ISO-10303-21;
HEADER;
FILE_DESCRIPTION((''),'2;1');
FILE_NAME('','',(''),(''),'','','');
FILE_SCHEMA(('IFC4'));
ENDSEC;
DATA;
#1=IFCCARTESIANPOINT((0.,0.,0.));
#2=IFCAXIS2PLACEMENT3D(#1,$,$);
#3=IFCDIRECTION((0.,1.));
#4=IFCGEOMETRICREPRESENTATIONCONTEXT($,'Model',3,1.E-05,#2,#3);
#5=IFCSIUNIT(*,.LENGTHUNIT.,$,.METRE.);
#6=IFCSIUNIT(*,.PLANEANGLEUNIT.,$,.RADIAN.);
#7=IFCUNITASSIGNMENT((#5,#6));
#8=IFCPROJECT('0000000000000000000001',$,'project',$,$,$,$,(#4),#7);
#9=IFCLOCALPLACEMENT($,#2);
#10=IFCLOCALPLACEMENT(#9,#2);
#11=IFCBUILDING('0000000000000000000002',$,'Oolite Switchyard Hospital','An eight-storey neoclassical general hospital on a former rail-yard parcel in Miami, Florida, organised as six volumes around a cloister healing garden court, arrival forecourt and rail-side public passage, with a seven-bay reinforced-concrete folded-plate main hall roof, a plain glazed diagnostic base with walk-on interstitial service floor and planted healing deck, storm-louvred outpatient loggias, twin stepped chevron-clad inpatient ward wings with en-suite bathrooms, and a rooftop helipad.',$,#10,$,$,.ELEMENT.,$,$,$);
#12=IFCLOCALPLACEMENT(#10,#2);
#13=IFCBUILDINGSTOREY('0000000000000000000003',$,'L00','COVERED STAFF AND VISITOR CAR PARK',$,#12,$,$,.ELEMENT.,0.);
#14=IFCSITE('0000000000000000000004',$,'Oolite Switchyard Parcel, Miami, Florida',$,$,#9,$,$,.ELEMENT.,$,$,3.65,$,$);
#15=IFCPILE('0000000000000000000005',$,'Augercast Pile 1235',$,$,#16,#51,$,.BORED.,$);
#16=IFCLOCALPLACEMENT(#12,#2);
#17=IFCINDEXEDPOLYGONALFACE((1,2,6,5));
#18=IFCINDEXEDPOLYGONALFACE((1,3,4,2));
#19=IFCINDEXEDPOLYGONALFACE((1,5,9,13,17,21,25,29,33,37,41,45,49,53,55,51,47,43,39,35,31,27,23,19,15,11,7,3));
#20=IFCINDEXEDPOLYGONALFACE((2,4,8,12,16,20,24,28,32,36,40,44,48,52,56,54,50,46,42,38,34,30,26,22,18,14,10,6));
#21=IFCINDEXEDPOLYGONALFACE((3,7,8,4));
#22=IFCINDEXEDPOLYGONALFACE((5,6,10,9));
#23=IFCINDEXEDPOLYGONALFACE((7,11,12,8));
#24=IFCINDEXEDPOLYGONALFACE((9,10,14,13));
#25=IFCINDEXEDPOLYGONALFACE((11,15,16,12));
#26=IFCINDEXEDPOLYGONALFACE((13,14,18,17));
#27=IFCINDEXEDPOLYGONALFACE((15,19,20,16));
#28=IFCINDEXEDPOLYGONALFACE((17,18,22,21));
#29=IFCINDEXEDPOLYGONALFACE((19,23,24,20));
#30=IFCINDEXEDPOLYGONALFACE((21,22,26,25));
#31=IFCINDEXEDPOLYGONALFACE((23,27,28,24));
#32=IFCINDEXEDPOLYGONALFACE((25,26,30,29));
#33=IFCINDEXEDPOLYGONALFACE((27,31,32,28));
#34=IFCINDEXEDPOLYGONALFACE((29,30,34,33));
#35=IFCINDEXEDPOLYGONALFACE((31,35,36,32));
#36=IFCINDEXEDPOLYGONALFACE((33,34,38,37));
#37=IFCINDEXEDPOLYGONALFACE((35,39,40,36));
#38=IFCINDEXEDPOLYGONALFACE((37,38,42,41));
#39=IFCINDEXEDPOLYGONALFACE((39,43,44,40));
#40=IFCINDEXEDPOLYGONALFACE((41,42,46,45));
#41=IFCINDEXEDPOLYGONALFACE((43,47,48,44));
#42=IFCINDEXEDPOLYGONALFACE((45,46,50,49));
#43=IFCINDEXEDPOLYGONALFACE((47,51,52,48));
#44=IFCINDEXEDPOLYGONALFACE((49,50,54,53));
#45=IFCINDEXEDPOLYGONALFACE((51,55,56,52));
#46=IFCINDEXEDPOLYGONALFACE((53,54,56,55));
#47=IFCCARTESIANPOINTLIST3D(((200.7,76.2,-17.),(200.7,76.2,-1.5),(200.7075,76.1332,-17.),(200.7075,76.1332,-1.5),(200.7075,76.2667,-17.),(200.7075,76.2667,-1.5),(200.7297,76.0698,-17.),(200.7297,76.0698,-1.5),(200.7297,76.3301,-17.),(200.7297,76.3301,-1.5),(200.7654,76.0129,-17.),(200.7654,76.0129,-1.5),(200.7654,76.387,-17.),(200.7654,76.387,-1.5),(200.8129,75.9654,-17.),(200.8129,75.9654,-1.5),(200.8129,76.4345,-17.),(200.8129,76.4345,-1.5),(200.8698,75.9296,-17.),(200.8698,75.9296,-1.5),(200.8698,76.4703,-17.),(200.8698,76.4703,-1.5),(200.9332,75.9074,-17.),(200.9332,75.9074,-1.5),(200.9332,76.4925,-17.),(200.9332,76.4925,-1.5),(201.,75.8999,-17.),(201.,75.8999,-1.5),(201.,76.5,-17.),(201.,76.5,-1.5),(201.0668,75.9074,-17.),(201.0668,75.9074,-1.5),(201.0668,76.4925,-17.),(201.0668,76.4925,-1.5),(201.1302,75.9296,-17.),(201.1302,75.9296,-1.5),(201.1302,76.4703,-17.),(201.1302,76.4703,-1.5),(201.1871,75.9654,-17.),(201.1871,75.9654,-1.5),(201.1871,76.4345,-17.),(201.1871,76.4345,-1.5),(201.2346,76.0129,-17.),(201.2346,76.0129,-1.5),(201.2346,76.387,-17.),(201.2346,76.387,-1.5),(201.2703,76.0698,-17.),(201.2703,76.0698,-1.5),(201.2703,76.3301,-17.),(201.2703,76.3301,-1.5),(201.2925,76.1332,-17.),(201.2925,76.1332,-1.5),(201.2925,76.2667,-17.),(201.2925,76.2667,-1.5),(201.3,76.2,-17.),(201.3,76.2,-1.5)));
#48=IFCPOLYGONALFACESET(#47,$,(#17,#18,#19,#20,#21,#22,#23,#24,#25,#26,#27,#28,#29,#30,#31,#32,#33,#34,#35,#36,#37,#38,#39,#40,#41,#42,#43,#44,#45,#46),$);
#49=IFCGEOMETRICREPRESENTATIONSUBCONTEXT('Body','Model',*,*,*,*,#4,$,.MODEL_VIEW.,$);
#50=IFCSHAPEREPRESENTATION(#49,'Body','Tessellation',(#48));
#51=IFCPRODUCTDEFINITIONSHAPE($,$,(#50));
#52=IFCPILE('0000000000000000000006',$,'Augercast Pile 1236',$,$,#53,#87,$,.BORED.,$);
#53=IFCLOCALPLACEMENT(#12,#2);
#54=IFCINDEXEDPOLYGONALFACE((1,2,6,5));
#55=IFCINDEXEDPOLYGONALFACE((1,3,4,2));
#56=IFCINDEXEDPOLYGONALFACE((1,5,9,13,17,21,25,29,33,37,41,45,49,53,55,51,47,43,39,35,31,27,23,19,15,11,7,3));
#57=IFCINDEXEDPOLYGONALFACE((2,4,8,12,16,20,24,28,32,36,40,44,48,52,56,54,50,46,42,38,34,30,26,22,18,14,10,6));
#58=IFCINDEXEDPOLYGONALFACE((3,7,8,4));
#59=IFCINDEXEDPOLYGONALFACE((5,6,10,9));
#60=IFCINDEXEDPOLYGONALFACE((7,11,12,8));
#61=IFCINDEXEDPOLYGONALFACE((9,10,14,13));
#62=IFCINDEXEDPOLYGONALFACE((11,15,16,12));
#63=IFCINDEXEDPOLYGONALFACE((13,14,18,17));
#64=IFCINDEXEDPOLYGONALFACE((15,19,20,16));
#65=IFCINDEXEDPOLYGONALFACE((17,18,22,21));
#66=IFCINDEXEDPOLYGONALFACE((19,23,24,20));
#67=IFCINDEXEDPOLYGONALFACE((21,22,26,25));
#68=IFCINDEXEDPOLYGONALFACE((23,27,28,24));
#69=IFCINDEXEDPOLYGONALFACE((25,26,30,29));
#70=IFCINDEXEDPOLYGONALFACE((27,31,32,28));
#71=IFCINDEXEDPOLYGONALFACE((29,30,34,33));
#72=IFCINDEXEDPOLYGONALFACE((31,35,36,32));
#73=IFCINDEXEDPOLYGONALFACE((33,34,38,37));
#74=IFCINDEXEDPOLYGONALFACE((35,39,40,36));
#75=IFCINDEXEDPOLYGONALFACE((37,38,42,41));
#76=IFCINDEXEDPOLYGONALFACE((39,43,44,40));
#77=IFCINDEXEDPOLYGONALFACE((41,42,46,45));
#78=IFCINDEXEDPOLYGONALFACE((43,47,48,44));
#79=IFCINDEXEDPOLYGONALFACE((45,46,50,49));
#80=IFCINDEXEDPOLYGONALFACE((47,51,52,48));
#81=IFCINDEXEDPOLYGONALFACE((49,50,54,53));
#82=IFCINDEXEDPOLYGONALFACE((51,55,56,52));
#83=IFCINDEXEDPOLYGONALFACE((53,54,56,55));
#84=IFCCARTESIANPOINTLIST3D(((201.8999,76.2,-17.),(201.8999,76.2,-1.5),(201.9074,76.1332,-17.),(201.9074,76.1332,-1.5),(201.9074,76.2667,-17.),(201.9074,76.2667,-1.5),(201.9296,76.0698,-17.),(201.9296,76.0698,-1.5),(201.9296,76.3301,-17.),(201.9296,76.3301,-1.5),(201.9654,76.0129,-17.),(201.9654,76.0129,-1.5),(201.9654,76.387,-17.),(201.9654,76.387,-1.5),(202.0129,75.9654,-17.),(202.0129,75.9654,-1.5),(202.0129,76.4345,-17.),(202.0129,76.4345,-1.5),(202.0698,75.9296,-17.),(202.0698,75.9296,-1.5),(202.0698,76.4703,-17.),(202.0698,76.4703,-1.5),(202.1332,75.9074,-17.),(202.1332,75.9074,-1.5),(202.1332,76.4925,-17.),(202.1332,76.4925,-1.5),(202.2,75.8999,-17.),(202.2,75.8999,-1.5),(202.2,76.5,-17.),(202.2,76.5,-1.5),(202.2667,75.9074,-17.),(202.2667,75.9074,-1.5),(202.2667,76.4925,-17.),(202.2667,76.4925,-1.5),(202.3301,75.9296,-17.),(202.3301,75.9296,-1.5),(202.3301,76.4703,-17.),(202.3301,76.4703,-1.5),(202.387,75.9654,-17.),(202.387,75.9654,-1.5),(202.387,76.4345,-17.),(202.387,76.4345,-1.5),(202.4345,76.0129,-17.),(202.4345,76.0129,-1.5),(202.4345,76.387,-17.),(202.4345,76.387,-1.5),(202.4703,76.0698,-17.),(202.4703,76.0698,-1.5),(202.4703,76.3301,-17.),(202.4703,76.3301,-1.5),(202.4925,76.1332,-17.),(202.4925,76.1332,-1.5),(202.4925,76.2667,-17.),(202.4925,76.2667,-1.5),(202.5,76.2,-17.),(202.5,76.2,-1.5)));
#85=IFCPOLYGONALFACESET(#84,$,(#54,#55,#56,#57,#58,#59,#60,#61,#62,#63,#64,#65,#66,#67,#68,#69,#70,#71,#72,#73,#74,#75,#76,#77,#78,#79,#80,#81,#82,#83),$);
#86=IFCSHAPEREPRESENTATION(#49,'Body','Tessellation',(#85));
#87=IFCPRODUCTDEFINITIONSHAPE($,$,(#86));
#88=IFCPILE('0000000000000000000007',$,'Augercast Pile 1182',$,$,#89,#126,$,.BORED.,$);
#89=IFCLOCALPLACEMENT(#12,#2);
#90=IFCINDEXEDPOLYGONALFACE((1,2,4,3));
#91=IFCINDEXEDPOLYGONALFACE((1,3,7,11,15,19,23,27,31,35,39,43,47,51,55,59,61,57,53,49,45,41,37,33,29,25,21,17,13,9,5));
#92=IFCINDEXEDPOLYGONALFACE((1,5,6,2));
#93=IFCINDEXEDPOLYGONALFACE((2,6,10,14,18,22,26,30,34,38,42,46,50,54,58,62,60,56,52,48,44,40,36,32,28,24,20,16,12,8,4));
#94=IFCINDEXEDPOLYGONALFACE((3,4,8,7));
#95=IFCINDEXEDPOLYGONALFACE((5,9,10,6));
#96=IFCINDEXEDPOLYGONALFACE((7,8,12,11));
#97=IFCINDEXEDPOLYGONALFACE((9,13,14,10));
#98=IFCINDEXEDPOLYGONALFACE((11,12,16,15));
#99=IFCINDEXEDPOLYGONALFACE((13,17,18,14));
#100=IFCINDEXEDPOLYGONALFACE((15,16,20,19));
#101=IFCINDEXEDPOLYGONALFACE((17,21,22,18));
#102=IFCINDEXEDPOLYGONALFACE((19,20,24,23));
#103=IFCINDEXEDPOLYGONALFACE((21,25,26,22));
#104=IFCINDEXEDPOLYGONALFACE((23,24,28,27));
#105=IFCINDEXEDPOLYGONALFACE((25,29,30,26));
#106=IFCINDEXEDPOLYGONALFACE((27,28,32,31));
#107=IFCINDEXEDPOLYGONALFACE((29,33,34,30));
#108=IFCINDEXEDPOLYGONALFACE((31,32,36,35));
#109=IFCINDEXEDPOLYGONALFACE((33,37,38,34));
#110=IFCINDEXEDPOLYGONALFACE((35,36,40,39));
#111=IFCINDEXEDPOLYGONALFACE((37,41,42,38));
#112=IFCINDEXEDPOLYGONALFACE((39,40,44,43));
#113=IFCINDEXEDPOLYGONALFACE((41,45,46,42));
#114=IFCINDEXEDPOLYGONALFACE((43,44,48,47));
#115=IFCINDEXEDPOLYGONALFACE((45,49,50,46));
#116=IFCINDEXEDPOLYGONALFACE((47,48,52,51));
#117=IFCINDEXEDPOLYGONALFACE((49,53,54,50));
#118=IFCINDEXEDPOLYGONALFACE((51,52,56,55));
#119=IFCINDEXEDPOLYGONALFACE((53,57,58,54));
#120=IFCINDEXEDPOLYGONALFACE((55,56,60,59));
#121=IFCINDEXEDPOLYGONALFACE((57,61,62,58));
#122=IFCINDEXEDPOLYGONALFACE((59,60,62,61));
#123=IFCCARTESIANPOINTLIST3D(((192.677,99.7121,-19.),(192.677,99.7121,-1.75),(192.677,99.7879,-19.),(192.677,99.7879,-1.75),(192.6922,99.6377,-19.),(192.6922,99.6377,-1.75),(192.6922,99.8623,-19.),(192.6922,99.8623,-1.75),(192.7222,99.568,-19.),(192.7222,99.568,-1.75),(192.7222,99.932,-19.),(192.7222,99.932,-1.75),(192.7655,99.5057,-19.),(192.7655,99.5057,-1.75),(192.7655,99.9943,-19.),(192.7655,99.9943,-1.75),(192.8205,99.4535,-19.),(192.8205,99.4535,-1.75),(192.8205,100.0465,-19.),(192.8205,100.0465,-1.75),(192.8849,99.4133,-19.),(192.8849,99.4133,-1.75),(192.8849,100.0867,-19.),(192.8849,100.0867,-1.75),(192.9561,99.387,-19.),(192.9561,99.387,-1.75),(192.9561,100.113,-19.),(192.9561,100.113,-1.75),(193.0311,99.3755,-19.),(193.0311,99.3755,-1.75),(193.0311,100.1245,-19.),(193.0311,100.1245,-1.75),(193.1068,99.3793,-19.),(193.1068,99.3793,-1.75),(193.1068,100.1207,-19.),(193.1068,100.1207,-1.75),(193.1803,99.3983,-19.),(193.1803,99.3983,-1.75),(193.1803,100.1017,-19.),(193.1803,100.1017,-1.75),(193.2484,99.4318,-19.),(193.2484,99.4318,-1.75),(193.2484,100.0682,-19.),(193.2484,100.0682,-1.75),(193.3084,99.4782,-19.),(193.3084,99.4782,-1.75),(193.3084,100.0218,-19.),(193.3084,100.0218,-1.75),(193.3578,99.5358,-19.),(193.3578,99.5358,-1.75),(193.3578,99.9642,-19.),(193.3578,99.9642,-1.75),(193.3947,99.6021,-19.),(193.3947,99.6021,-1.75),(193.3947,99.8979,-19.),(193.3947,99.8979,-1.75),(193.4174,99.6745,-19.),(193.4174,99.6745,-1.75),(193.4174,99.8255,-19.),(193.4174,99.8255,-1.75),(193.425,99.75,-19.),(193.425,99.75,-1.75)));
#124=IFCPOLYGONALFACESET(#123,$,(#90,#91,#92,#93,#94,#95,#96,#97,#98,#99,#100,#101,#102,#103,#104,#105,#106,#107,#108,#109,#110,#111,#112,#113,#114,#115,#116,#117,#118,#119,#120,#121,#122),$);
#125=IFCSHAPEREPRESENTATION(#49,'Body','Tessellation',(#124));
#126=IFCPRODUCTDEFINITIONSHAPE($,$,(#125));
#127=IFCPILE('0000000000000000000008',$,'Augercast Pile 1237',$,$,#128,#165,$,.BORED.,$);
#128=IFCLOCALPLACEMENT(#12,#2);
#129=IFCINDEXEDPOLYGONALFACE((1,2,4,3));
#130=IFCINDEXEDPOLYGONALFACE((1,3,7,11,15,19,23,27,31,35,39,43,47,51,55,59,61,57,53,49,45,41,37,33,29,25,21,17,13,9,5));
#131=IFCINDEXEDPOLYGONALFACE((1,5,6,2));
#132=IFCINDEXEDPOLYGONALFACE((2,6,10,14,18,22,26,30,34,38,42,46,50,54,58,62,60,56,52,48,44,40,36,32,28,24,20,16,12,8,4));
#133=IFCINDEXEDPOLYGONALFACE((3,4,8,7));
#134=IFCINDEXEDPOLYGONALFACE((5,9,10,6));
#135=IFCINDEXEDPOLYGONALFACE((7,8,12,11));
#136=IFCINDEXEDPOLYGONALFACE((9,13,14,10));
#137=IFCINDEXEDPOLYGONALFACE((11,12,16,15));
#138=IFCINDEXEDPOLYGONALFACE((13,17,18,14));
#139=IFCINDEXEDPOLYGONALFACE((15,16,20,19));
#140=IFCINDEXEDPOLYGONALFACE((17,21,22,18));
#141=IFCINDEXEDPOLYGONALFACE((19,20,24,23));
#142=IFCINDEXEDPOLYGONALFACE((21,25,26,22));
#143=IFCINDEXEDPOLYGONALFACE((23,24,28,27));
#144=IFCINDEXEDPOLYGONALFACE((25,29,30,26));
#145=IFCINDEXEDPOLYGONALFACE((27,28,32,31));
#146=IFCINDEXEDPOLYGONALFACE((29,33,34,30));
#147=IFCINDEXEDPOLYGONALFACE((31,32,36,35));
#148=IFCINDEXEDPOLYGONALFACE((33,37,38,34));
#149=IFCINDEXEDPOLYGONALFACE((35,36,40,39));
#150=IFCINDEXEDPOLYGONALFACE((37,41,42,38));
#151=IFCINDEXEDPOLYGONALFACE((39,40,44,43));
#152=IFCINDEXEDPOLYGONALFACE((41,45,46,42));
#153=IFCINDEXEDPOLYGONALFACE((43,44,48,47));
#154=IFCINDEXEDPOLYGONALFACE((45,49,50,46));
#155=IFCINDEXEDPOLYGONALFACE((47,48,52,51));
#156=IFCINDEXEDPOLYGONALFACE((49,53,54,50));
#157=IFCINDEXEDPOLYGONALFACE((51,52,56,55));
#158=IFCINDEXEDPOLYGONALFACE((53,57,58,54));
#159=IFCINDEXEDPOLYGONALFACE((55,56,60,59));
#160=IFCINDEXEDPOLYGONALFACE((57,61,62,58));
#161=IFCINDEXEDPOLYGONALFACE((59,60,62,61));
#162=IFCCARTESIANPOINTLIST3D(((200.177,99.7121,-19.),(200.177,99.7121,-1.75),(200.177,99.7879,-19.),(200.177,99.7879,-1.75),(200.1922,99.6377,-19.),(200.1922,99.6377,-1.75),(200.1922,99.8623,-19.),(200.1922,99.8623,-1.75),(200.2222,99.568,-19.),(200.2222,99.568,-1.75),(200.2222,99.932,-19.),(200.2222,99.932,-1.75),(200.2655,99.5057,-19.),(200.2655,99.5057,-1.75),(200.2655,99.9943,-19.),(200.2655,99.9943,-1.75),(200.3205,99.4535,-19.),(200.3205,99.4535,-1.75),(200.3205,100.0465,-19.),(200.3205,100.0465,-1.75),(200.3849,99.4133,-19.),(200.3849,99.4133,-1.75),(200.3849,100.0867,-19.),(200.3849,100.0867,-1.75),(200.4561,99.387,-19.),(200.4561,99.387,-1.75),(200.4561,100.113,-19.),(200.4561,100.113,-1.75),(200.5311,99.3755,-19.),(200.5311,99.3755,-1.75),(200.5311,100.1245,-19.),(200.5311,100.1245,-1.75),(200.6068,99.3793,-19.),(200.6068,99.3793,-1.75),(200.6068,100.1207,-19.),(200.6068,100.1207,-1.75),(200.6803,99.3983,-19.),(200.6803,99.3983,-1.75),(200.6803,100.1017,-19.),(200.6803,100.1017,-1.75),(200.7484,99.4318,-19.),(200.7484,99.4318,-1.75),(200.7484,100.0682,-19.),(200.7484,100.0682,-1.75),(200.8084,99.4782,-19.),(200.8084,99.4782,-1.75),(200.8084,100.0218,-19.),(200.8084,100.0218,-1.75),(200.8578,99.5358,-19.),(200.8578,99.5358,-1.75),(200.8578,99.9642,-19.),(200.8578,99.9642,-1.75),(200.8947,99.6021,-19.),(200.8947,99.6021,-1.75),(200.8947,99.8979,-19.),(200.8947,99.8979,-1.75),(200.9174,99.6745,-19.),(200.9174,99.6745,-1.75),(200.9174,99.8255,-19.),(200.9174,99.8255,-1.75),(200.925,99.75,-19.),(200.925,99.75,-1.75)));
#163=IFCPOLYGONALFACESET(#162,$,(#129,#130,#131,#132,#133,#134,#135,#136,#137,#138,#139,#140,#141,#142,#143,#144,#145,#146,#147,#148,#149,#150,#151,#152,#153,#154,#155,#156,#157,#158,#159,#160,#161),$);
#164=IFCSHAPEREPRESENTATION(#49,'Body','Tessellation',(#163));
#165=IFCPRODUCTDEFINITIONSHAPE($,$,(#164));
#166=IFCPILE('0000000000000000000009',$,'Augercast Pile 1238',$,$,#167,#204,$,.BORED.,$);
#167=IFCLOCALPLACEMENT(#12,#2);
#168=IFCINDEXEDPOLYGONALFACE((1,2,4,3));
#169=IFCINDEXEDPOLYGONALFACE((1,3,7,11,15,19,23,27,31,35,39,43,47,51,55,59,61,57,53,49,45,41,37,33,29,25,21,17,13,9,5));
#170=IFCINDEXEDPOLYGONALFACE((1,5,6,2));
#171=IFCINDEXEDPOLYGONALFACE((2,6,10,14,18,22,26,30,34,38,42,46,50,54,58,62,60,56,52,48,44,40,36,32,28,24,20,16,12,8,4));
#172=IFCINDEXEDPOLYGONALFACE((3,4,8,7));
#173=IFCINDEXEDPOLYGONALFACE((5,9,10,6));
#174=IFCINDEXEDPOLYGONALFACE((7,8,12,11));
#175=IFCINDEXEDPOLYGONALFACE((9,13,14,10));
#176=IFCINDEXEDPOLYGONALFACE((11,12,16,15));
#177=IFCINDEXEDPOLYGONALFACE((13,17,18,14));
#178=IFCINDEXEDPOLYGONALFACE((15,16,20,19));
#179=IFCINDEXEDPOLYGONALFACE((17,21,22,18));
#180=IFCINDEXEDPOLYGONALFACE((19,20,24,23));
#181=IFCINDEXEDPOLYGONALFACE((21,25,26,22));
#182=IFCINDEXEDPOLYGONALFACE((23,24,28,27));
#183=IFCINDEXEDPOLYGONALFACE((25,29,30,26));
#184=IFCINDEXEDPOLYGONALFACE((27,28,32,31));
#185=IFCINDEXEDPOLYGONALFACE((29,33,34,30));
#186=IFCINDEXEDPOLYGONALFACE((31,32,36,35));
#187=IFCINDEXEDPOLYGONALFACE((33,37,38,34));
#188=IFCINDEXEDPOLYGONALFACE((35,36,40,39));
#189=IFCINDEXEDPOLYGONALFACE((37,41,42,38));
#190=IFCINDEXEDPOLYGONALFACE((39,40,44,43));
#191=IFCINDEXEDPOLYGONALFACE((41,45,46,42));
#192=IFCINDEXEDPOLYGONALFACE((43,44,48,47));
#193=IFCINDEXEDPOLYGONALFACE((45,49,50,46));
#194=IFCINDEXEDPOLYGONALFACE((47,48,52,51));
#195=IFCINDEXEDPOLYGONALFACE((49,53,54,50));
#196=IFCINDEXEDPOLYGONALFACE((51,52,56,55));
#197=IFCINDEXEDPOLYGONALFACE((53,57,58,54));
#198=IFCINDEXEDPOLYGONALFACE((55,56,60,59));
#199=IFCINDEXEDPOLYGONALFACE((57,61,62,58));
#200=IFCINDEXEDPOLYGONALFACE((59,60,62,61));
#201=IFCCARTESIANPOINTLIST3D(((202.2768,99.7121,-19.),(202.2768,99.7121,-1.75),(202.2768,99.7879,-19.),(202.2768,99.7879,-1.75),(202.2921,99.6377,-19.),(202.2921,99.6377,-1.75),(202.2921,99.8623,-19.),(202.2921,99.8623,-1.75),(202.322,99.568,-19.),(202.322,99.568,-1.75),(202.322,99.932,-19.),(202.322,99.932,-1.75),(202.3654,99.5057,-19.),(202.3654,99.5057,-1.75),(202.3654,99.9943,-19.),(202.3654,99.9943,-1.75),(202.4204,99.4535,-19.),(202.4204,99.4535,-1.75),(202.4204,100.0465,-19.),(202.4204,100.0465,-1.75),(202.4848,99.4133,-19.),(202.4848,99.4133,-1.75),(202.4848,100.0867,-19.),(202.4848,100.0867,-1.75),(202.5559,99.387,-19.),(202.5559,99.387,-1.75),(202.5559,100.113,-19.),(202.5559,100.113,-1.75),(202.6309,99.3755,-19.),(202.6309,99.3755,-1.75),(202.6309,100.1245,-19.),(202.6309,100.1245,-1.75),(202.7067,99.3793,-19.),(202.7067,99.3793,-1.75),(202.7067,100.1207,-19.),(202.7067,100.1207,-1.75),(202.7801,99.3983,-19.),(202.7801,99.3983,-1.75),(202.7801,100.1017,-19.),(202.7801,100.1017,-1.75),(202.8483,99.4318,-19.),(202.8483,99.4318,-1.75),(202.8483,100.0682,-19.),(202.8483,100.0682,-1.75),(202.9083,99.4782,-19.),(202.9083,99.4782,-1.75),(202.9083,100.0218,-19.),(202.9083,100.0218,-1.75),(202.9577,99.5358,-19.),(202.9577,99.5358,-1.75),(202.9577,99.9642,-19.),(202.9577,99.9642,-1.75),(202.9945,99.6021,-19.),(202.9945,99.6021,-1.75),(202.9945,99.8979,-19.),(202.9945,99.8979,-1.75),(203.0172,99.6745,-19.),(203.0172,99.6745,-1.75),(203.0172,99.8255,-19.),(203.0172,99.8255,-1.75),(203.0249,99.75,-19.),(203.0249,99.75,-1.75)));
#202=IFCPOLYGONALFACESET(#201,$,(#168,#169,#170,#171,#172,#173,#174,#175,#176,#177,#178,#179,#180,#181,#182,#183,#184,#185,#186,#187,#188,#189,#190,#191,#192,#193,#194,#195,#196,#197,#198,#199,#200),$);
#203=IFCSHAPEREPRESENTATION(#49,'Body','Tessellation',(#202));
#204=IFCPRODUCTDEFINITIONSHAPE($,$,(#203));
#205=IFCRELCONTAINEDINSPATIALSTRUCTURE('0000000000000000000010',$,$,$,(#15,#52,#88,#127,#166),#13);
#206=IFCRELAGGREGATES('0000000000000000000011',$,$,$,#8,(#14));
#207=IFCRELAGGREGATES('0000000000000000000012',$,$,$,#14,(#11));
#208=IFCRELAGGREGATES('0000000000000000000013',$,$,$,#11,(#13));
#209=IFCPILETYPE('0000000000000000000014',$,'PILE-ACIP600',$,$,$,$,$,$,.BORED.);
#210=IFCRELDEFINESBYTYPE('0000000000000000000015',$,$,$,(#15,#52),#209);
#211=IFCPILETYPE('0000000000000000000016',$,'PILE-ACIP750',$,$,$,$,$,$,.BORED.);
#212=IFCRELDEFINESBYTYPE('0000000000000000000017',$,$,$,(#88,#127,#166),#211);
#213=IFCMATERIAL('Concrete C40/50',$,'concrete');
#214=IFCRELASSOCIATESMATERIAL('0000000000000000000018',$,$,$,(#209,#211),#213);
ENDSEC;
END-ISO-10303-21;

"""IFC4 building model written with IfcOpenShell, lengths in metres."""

from ifc_helpers import new_model, si_unit, direction, frame, origin, origin_2d, place, context, subcontext, project, spatial, circle, extrude, material, material_profile, profile_set, type_object, element, save


model = new_model("IFC4")

# Units and contexts
model_context = context("Model", 3, precision=1e-05, world=origin(), true_north=direction((0.0, 1.0)))
body_context = subcontext(model_context, "Body", "Model", "MODEL_VIEW")
ifc_project = project(units=[si_unit("LENGTHUNIT", "METRE"), si_unit("PLANEANGLEUNIT", "RADIAN")], contexts=[model_context])

# Site, building, storey
site_placement = place(None, origin())
site = spatial("IfcSite", under=ifc_project, at=site_placement, Name="Oolite Switchyard Parcel, Miami, Florida", CompositionType="ELEMENT", RefElevation=3.65)
building_placement = place(site_placement, origin())
building = spatial("IfcBuilding", under=site, at=building_placement, Name="Oolite Switchyard Hospital", Description="An eight-storey neoclassical general hospital on a former rail-yard parcel in Miami, Florida, organised as six volumes around a cloister healing garden court, arrival forecourt and rail-side public passage, with a seven-bay reinforced-concrete folded-plate main hall roof, a plain glazed diagnostic base with walk-on interstitial service floor and planted healing deck, storm-louvred outpatient loggias, twin stepped chevron-clad inpatient ward wings with en-suite bathrooms, and a rooftop helipad.", CompositionType="ELEMENT")
storey_placement = place(building_placement, origin())
storey = spatial("IfcBuildingStorey", under=building, at=storey_placement, Name="L00", Description="COVERED STAFF AND VISITOR CAR PARK", CompositionType="ELEMENT", Elevation=0.0)

# Shared definitions
ifc_material_1 = material(Name="Concrete C40/50", Category="concrete")

# Piles
ifc_material_profile_1 = material_profile(ifc_material_1, circle(Radius=0.3, at=origin_2d()), Name="PILE600")
ifc_profile_set_1 = profile_set([ifc_material_profile_1], Name="Concrete C40/50")
pile_type_1 = type_object("IfcPileType", Name="PILE-ACIP600", PredefinedType="BORED", material=ifc_profile_set_1)
for number, where, z_axis, x_axis, name in (
    (1, (201.0, 76.2, -1.5), (0.0, 0.0, -1.0), (1.0, 0.0, 0.0), "Augercast Pile 1235"),
    (2, (202.2, 76.2, -1.5), (0.0, 0.0, -1.0), (1.0, 0.0, 0.0), "Augercast Pile 1236"),
):
    element("IfcPile", number, at=place(storey_placement, frame(where, z_axis=z_axis, x_axis=x_axis)), inside=storey, type_object=pile_type_1, Name=name, PredefinedType="BORED", context=body_context, shape_type="SweptSolid", body=[
        extrude(circle(Radius=0.3, at=origin_2d()), origin(), (0.0, 0.0, 1.0), 15.5),
    ])
ifc_material_profile_2 = material_profile(ifc_material_1, circle(Radius=0.375, at=origin_2d()), Name="PILE750")
ifc_profile_set_2 = profile_set([ifc_material_profile_2], Name="Concrete C40/50")
pile_type_2 = type_object("IfcPileType", Name="PILE-ACIP750", PredefinedType="BORED", material=ifc_profile_set_2)
for number, where, z_axis, x_axis, name in (
    (3, (193.05, 99.75, -1.75), (0.0, 0.0, -1.0), (1.0, 0.0, 0.0), "Augercast Pile 1182"),
    (4, (200.55, 99.75, -1.75), (0.0, 0.0, -1.0), (1.0, 0.0, 0.0), "Augercast Pile 1237"),
    (5, (202.6499, 99.75, -1.75), (0.0, 0.0, -1.0), (1.0, 0.0, 0.0), "Augercast Pile 1238"),
):
    element("IfcPile", number, at=place(storey_placement, frame(where, z_axis=z_axis, x_axis=x_axis)), inside=storey, type_object=pile_type_2, Name=name, PredefinedType="BORED", context=body_context, shape_type="SweptSolid", body=[
        extrude(circle(Radius=0.375, at=origin_2d()), origin(), (0.0, 0.0, 1.0), 17.25),
    ])

save(model, "model.ifc")
